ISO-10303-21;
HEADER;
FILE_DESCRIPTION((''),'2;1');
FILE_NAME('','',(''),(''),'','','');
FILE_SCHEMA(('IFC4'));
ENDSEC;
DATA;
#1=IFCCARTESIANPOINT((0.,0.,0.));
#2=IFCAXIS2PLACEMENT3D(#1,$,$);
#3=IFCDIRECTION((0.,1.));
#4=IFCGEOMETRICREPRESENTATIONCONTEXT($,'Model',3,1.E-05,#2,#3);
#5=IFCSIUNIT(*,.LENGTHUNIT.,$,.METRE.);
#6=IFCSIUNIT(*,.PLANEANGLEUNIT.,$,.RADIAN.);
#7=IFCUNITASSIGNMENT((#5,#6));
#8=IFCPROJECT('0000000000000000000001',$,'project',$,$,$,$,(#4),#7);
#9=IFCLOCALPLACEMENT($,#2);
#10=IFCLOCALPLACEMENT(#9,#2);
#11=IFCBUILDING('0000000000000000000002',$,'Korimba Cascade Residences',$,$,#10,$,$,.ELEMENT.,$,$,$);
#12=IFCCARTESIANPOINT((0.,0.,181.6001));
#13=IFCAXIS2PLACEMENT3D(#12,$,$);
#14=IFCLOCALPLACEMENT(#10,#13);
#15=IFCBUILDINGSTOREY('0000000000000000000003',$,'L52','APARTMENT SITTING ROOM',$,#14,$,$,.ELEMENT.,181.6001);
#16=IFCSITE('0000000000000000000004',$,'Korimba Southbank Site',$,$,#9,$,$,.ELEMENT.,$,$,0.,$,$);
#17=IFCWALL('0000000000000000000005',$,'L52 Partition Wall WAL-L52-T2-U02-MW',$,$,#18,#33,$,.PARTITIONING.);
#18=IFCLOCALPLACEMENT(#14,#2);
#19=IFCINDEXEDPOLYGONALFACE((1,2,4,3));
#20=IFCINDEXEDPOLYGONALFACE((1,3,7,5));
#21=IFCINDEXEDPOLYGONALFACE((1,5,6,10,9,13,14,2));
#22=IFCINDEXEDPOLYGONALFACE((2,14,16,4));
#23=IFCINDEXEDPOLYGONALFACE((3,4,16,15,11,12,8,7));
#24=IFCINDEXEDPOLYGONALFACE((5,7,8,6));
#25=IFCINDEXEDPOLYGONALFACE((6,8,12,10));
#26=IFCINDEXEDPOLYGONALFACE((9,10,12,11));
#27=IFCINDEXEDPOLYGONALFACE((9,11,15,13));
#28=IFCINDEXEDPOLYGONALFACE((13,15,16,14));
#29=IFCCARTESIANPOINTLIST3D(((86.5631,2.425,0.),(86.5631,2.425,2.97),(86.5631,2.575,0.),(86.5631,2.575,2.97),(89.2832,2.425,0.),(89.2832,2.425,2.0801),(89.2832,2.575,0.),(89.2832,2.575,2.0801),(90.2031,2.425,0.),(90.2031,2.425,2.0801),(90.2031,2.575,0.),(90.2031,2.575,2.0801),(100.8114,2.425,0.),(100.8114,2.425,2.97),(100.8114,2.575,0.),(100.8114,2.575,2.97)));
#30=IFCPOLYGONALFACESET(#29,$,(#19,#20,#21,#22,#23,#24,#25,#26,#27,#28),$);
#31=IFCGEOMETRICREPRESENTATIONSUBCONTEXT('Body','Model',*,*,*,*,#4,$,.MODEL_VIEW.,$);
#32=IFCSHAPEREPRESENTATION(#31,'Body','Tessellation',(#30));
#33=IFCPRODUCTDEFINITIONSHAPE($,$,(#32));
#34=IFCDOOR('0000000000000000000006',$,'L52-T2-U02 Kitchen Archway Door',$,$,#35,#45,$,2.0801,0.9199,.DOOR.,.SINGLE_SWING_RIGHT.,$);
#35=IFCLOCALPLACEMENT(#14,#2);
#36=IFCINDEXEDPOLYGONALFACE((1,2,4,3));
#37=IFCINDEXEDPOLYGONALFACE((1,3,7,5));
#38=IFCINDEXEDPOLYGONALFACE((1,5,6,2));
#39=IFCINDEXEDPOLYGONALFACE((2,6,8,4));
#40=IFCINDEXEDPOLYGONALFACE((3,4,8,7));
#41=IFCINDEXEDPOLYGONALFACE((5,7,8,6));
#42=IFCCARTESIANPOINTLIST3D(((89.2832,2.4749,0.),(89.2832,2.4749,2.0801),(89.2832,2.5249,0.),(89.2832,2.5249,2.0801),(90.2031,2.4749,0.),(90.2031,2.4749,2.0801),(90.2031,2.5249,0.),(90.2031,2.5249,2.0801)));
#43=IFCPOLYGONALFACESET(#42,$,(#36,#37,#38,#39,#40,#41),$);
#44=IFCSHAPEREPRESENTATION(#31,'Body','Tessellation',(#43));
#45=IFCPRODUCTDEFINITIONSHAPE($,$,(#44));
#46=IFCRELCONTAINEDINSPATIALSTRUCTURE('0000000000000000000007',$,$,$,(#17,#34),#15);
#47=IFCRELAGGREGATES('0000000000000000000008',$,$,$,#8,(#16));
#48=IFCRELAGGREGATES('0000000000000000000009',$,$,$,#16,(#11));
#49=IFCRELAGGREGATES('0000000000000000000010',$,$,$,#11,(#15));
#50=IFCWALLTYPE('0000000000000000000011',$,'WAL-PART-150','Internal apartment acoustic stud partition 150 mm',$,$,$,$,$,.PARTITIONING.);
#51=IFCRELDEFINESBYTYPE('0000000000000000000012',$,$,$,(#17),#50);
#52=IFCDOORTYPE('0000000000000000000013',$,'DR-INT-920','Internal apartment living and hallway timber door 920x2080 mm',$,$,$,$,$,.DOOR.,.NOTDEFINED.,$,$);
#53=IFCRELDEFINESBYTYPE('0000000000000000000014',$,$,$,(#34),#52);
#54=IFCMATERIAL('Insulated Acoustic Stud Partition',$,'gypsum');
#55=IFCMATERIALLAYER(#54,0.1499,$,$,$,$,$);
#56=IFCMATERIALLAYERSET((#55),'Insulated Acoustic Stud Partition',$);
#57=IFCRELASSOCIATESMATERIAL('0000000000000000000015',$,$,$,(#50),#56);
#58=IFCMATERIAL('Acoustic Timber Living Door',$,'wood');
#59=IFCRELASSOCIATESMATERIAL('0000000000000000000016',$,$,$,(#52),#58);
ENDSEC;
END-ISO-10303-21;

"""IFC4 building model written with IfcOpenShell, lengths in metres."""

from ifc_helpers import new_model, si_unit, direction, frame, frame_2d, origin, place, context, subcontext, project, spatial, rectangle, extrude, material, layer, layer_set, type_object, element, fill, save


model = new_model("IFC4")

# Units and contexts
model_context = context("Model", 3, precision=1e-05, world=origin(), true_north=direction((0.0, 1.0)))
body_context = subcontext(model_context, "Body", "Model", "MODEL_VIEW")
ifc_project = project(units=[si_unit("LENGTHUNIT", "METRE"), si_unit("PLANEANGLEUNIT", "RADIAN")], contexts=[model_context])

# Site, building, storey
site_placement = place(None, origin())
site = spatial("IfcSite", under=ifc_project, at=site_placement, Name="Korimba Southbank Site", CompositionType="ELEMENT", RefElevation=0.0)
building_placement = place(site_placement, origin())
building = spatial("IfcBuilding", under=site, at=building_placement, Name="Korimba Cascade Residences", CompositionType="ELEMENT")
storey_placement = place(building_placement, frame((0.0, 0.0, 181.6001)))
storey = spatial("IfcBuildingStorey", under=building, at=storey_placement, Name="L52", Description="APARTMENT SITTING ROOM", CompositionType="ELEMENT", Elevation=181.6001)

# Wall, opening, door
ifc_material_1 = material(Name="Insulated Acoustic Stud Partition", Category="gypsum")
ifc_layer = layer(ifc_material_1, 0.1499)
ifc_layer_set = layer_set([ifc_layer], Name="Insulated Acoustic Stud Partition")
wall_type = type_object("IfcWallType", Name="WAL-PART-150", Description="Internal apartment acoustic stud partition 150 mm", PredefinedType="PARTITIONING", material=ifc_layer_set)
wall_1_placement = place(storey_placement, frame((86.5632, 2.5, 0.0), z_axis=(0.0, 0.0, 1.0), x_axis=(1.0, 0.0, 0.0)))
wall_1 = element("IfcWall", 1, at=wall_1_placement, inside=storey, type_object=wall_type, Name="L52 Partition Wall WAL-L52-T2-U02-MW", PredefinedType="PARTITIONING", context=body_context, shape_type="SweptSolid", body=[
    extrude(rectangle(XDim=14.2483, YDim=0.1499, at=frame_2d((7.124, 0.0))), origin(), (0.0, 0.0, 1.0), 2.97),
])
opening_1_placement = place(wall_1_placement, frame((2.72, 0.0, 0.0)))
opening_1 = element("IfcOpeningElement", 2, at=opening_1_placement, cuts=wall_1, PredefinedType="OPENING", context=body_context, shape_type="SweptSolid", body=[
    extrude(rectangle(XDim=0.9199, YDim=2.0801, at=frame_2d((0.46, 1.04))), frame((0.0, 0.085, 0.0), z_axis=(0.0, -1.0, 0.0), x_axis=(1.0, 0.0, 0.0)), (0.0, 0.0, 1.0), 0.1699),
])
ifc_material_2 = material(Name="Acoustic Timber Living Door", Category="wood")
door_type_1 = type_object("IfcDoorType", Name="DR-INT-920", Description="Internal apartment living and hallway timber door 920x2080 mm", OperationType="NOTDEFINED", PredefinedType="DOOR", material=ifc_material_2)
door_1_placement = place(opening_1_placement, origin())
door_1 = element("IfcDoor", 3, at=door_1_placement, inside=storey, type_object=door_type_1, Name="L52-T2-U02 Kitchen Archway Door", OperationType="SINGLE_SWING_RIGHT", OverallHeight=2.0801, OverallWidth=0.9199, PredefinedType="DOOR", context=body_context, shape_type="SweptSolid", body=[
    extrude(rectangle(XDim=0.9199, YDim=2.0801, at=frame_2d((0.46, 1.04))), frame((0.0, 0.0249, 0.0), z_axis=(0.0, -1.0, 0.0), x_axis=(1.0, 0.0, 0.0)), (0.0, 0.0, 1.0), 0.05),
])
fill(opening_1, door_1)

save(model, "model.ifc")
